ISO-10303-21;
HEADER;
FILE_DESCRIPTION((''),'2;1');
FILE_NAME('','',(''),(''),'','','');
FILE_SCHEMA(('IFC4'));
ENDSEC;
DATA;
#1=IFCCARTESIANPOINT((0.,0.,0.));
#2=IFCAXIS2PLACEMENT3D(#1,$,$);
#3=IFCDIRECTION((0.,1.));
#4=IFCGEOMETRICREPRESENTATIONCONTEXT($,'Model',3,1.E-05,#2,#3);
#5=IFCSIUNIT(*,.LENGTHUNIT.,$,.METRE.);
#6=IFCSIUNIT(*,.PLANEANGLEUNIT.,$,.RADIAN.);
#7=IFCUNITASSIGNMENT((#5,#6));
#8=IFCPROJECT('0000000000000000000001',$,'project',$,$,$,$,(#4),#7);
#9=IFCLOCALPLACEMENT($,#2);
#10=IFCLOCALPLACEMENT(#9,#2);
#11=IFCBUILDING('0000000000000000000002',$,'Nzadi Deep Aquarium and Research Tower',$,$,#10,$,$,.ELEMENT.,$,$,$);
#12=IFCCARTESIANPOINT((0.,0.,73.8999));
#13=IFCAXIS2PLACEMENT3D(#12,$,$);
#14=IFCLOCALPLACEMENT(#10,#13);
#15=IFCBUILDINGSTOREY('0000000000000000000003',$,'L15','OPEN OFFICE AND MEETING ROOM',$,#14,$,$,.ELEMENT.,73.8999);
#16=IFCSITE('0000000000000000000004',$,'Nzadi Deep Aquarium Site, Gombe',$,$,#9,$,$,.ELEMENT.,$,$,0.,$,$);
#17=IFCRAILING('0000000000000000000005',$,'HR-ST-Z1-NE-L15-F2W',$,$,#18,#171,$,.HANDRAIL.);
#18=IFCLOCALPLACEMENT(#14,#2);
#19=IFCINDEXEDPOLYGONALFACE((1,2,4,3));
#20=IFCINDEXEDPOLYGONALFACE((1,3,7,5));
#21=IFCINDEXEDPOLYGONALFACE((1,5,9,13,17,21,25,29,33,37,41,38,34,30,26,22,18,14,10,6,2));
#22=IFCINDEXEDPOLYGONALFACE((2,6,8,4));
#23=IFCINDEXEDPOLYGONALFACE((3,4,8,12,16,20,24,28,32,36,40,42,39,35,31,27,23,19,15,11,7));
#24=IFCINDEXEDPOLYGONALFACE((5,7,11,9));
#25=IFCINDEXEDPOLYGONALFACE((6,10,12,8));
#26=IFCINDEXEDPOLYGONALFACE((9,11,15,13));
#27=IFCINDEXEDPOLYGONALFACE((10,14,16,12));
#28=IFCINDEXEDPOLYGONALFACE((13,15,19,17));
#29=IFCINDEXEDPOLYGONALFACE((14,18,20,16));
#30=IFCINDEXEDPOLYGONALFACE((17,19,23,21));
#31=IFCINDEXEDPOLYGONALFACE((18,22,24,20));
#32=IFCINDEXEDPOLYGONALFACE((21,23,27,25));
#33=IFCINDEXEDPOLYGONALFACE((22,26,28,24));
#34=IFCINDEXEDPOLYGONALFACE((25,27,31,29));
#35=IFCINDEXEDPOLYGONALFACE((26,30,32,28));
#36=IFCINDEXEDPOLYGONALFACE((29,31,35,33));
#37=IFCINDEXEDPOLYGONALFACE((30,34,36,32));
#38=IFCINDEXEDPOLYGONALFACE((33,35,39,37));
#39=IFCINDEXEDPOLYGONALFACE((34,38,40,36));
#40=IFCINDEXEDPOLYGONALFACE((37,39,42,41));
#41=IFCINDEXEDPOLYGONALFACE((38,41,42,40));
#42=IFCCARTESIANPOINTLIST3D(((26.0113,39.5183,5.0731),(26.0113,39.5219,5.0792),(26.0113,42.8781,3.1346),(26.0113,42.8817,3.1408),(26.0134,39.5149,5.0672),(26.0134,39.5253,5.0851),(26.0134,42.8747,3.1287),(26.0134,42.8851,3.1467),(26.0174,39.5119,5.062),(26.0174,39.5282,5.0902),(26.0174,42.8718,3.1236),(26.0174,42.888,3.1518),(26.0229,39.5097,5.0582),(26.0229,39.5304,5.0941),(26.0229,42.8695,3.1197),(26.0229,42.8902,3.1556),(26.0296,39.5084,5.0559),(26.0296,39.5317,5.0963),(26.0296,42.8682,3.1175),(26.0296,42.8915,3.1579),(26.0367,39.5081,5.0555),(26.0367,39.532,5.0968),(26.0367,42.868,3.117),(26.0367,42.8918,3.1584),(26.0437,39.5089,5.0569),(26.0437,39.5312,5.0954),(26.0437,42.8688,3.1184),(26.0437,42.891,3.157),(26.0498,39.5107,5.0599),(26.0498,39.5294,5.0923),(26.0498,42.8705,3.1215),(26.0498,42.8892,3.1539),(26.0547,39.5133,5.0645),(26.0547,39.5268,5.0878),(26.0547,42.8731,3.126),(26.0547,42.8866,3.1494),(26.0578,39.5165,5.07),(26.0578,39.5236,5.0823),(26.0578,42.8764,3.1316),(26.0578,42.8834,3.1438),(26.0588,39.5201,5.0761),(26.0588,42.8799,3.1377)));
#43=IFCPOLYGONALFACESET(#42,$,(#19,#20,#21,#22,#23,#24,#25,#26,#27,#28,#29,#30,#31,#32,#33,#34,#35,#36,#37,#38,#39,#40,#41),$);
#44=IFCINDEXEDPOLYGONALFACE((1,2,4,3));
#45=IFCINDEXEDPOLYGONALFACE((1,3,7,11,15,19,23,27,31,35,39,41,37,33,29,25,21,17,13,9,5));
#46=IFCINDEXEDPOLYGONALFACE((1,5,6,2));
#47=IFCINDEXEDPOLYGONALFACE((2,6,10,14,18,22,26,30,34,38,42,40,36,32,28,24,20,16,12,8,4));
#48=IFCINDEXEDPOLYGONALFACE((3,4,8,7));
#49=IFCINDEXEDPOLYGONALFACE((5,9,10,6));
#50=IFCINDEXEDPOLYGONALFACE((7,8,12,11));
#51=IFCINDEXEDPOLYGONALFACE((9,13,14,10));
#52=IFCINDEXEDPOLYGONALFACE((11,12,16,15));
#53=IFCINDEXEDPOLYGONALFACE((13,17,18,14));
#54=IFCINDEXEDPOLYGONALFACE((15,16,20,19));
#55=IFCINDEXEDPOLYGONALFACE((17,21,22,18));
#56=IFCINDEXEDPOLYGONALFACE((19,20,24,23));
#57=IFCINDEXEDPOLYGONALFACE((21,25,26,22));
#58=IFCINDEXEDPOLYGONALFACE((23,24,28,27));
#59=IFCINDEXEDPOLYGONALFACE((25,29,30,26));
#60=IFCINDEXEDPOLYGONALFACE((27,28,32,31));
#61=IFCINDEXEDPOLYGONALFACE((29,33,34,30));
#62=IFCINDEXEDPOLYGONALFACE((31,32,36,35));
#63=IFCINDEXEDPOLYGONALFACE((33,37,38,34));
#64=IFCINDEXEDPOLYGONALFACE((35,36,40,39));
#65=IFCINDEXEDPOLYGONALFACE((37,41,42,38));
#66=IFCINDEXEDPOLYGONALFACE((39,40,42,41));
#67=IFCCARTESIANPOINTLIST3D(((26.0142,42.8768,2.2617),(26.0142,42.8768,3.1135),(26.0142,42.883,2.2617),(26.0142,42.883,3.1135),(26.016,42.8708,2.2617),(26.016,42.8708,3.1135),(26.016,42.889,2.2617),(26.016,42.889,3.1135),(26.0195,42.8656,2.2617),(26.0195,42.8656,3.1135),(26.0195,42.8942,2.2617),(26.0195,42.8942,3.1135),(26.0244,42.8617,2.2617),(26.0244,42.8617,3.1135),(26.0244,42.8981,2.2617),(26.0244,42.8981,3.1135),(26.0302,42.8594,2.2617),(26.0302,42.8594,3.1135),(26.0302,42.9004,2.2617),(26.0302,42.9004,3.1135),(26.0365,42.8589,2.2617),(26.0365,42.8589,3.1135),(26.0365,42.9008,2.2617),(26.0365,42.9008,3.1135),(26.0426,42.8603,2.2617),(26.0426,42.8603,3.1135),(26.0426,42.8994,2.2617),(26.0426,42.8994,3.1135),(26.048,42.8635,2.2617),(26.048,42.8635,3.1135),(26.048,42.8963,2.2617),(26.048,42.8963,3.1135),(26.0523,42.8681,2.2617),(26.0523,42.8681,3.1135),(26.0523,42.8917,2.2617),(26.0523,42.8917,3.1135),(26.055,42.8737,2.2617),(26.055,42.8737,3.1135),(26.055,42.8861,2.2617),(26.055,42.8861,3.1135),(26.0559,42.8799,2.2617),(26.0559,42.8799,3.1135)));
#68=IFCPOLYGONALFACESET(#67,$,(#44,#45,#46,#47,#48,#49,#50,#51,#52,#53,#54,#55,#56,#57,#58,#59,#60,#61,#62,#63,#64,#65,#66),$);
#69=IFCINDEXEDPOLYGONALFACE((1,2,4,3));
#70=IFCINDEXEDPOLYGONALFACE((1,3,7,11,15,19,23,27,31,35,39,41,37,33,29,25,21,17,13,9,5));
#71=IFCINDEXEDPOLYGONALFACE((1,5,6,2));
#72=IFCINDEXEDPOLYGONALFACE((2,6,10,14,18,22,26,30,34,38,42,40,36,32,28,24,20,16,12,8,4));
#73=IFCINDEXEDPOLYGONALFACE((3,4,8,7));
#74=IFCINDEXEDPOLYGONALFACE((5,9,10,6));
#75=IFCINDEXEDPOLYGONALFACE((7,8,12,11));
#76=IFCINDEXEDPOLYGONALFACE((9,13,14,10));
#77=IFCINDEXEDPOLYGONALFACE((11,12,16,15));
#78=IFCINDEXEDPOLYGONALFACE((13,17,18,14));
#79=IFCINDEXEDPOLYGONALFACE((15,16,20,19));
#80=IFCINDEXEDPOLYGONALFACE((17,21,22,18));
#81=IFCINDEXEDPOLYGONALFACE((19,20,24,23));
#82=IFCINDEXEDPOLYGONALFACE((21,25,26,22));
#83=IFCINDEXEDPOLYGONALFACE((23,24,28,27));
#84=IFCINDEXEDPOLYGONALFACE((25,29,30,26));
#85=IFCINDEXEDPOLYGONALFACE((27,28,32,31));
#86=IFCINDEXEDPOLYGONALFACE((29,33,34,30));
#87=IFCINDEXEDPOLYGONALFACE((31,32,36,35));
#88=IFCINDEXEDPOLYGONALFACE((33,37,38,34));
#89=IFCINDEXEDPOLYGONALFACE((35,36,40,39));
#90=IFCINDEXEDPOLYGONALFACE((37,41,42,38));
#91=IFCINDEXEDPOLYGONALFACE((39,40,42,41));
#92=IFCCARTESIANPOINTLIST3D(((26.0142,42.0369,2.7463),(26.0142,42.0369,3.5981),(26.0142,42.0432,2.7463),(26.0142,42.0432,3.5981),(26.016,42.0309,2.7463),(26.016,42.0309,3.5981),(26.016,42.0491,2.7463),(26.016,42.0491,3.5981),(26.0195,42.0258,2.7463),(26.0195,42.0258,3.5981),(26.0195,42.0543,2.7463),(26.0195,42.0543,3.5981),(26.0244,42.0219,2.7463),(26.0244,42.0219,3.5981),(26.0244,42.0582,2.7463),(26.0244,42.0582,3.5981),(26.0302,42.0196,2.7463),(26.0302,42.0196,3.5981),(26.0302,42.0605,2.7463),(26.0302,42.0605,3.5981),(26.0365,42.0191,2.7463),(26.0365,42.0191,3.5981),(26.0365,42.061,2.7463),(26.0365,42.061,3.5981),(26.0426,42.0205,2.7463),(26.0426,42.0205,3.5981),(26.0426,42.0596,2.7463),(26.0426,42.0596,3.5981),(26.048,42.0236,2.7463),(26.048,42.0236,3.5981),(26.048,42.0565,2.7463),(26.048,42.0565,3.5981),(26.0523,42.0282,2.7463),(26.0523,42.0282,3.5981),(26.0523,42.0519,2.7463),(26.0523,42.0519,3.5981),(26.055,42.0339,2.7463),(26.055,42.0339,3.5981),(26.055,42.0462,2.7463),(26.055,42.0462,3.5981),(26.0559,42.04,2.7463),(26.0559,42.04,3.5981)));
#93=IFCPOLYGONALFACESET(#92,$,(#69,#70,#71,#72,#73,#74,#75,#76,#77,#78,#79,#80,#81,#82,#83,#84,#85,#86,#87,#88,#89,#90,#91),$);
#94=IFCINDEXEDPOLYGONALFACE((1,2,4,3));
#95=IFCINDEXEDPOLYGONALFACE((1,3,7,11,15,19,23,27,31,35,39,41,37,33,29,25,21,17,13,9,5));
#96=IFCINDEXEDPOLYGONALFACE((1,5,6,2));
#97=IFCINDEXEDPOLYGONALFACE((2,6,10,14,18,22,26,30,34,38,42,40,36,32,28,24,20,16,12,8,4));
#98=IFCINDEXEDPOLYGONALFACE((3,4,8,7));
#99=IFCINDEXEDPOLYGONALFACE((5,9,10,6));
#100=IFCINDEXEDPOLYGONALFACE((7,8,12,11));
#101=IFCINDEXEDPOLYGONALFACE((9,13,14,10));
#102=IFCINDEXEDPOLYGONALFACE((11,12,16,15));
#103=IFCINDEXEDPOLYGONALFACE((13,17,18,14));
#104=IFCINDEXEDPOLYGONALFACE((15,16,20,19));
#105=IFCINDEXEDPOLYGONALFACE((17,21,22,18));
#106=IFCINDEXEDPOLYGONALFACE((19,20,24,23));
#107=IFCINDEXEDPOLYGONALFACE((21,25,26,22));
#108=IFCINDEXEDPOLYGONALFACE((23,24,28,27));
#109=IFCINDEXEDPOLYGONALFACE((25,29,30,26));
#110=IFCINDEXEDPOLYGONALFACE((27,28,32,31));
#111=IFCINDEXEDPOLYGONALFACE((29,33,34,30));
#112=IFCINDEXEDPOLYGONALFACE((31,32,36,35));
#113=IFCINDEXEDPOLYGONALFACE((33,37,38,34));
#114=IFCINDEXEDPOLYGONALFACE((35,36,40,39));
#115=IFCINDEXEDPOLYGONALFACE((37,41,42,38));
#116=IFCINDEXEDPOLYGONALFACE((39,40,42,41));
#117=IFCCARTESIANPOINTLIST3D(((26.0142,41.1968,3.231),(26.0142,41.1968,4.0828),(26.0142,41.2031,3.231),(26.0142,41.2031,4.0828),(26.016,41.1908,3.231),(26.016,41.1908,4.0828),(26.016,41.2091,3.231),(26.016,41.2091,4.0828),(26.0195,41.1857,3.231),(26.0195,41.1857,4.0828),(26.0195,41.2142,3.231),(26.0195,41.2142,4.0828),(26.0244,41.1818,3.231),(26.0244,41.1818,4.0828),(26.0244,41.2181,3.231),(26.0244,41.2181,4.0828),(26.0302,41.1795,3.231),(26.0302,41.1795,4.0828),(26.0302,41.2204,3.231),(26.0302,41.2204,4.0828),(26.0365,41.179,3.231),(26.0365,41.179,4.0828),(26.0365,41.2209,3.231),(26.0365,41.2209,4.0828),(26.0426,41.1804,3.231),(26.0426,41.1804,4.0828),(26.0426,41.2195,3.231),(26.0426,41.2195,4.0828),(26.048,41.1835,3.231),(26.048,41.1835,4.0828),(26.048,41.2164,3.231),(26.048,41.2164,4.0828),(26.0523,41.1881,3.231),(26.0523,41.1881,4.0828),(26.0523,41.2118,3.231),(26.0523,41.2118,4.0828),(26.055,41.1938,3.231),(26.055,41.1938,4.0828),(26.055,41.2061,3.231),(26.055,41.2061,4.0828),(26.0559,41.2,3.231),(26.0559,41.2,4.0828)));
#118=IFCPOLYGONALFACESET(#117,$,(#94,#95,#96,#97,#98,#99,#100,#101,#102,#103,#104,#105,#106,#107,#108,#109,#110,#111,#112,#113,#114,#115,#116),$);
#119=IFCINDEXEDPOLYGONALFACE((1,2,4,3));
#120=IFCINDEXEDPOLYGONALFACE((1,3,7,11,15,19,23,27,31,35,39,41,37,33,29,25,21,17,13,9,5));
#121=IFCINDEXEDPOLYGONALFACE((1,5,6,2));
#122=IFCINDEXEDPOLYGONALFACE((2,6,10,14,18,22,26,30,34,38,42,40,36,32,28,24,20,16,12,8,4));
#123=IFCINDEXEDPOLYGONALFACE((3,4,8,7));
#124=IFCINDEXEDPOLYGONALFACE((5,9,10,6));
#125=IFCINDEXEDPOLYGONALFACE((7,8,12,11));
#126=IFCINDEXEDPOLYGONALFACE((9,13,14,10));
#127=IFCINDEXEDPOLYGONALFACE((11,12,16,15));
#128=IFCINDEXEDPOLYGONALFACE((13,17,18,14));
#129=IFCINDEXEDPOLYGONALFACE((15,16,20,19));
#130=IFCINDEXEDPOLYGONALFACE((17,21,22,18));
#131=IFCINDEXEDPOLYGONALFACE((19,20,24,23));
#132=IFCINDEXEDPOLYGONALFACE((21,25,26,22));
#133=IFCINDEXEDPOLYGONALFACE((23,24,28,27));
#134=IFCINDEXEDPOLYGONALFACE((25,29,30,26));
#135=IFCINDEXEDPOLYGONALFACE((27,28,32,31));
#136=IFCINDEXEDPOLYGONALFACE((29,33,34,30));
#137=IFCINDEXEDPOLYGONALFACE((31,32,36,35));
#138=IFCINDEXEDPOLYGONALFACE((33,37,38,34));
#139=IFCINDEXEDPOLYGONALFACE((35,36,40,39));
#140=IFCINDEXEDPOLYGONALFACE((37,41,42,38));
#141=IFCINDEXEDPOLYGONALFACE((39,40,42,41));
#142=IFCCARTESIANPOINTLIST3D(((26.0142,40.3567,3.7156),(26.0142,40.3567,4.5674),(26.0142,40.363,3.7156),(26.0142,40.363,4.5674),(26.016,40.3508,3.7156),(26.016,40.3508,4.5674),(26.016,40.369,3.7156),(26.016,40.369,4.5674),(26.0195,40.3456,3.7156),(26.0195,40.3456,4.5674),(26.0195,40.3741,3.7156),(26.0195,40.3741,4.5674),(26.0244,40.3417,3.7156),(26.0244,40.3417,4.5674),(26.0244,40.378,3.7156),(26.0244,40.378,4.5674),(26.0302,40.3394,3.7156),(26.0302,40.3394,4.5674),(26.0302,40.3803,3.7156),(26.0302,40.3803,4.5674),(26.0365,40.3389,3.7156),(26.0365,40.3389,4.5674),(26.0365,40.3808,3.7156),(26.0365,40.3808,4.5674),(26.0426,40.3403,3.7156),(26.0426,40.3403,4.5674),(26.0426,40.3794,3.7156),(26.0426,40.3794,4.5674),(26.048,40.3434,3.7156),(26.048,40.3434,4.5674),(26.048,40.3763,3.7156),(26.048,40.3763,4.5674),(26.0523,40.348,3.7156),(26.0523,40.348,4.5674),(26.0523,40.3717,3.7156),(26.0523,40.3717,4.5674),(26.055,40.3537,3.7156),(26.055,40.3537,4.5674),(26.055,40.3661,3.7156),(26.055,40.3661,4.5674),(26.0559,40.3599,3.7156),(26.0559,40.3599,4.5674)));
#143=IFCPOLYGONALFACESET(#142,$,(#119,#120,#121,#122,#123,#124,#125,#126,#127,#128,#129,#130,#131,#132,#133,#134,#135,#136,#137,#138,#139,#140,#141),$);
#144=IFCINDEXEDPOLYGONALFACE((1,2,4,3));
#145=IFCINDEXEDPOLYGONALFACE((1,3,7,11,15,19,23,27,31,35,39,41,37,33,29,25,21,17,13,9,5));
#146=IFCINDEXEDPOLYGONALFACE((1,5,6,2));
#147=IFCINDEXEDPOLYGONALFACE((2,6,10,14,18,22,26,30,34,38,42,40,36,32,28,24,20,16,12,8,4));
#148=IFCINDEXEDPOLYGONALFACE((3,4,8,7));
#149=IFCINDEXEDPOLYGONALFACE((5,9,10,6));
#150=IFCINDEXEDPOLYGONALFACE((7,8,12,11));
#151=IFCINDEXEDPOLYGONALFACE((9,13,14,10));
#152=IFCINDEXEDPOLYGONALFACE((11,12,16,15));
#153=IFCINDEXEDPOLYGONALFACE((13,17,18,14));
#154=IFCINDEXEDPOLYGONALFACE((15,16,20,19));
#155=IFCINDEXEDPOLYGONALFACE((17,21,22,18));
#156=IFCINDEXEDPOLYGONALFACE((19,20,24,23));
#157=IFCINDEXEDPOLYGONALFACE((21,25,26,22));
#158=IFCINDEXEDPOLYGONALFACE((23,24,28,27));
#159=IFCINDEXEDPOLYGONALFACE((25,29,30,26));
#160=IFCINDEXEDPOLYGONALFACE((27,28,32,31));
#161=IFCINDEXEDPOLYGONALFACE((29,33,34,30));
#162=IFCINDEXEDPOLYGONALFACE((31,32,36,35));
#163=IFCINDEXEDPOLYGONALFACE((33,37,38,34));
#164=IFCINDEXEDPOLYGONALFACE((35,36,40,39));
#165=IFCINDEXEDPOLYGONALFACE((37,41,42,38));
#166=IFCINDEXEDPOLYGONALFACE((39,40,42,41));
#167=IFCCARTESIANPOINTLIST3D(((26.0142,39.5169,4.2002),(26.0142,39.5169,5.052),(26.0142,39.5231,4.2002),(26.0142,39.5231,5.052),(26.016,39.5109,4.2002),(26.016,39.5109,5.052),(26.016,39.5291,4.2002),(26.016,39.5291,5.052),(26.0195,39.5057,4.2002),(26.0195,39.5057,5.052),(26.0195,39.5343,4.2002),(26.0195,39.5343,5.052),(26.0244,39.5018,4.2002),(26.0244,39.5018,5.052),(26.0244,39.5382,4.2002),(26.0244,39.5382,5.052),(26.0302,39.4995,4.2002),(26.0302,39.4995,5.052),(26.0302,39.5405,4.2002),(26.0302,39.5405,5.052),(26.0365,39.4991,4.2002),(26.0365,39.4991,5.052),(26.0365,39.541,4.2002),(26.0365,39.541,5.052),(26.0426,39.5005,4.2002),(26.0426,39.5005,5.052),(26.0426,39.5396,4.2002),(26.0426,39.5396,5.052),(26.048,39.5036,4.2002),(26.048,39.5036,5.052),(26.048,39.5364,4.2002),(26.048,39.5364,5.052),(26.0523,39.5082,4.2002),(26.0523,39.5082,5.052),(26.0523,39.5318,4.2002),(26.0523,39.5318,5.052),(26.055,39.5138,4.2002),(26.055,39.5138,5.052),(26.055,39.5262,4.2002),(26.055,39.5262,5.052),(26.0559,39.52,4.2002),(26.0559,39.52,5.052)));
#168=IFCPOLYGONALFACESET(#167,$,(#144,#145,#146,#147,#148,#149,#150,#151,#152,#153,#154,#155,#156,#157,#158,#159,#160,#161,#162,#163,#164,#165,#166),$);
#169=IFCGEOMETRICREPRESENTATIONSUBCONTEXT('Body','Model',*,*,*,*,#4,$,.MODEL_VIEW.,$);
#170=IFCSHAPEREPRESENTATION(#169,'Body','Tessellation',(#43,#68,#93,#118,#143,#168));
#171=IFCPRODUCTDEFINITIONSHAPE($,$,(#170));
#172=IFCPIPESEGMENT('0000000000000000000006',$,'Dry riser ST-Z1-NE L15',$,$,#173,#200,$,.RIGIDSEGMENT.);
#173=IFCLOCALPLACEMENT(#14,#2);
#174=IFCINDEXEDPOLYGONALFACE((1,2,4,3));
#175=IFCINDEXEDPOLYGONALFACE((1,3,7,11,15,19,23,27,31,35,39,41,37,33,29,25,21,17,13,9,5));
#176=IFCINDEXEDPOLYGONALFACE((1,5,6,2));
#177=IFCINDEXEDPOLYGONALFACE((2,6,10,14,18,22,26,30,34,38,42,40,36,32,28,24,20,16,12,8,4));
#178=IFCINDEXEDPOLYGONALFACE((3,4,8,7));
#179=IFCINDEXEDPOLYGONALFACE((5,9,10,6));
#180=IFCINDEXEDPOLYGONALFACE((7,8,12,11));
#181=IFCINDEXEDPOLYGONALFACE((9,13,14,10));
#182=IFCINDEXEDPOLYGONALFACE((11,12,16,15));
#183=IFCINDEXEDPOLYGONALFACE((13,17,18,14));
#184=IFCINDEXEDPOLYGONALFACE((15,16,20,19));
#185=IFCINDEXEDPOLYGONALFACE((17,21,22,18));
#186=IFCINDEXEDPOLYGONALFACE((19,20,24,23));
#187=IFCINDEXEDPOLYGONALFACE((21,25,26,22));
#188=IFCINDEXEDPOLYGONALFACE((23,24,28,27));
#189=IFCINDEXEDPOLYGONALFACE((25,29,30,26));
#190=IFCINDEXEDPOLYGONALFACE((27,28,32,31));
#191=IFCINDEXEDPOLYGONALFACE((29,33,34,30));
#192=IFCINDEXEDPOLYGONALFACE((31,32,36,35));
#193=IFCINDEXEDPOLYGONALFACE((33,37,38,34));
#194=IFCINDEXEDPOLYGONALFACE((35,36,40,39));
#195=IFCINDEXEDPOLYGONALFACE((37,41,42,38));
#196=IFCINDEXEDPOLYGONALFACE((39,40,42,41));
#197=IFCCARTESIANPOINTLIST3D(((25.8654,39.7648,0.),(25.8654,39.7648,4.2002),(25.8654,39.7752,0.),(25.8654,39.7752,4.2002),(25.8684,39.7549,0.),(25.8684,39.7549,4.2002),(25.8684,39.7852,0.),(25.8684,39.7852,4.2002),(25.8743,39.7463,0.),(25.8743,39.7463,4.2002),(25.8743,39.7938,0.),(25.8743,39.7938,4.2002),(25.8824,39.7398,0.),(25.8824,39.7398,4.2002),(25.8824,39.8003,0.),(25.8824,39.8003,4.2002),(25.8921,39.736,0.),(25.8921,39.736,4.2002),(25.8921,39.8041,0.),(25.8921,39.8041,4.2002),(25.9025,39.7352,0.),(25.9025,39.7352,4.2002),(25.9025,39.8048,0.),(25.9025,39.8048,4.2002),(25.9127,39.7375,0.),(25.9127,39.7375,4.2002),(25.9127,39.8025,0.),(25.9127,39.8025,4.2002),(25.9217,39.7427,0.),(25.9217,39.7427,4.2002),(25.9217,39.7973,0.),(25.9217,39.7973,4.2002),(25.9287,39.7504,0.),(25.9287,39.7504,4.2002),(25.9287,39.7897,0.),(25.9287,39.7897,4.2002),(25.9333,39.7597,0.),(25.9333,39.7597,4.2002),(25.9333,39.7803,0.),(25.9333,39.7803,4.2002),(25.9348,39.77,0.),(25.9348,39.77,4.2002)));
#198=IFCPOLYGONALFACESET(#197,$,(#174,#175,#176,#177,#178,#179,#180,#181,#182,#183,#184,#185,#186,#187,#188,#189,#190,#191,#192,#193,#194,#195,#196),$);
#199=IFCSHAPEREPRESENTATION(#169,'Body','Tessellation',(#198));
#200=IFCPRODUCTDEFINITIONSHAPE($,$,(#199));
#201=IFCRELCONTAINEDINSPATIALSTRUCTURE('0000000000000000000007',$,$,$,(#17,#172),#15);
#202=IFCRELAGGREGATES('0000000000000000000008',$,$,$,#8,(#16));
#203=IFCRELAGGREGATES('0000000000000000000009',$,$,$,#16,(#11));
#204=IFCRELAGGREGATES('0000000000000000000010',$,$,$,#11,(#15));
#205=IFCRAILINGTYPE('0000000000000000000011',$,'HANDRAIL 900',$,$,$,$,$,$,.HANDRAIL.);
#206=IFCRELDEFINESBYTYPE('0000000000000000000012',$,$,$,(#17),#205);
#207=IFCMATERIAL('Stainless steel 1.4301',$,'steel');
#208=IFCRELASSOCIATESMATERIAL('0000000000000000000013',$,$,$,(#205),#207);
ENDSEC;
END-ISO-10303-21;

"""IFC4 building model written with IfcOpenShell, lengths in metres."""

from ifc_helpers import new_model, si_unit, direction, frame, origin, origin_2d, place, context, subcontext, project, spatial, circle, extrude, material, type_object, element, save


model = new_model("IFC4")

# Units and contexts
model_context = context("Model", 3, precision=1e-05, world=origin(), true_north=direction((0.0, 1.0)))
body_context = subcontext(model_context, "Body", "Model", "MODEL_VIEW")
ifc_project = project(units=[si_unit("LENGTHUNIT", "METRE"), si_unit("PLANEANGLEUNIT", "RADIAN")], contexts=[model_context])

# Site, building, storey
site_placement = place(None, origin())
site = spatial("IfcSite", under=ifc_project, at=site_placement, Name="Nzadi Deep Aquarium Site, Gombe", CompositionType="ELEMENT", RefElevation=0.0)
building_placement = place(site_placement, origin())
building = spatial("IfcBuilding", under=site, at=building_placement, Name="Nzadi Deep Aquarium and Research Tower", CompositionType="ELEMENT")
storey_placement = place(building_placement, frame((0.0, 0.0, 73.8999)))
storey = spatial("IfcBuildingStorey", under=building, at=storey_placement, Name="L15", Description="OPEN OFFICE AND MEETING ROOM", CompositionType="ELEMENT", Elevation=73.8999)

# Railing
ifc_material_1 = material(Name="Stainless steel 1.4301", Category="steel")
railing_type = type_object("IfcRailingType", Name="HANDRAIL 900", PredefinedType="HANDRAIL", material=ifc_material_1)
for number, where, name in (
    (1, (26.0349, 42.8799, 2.2617), "HR-ST-Z1-NE-L15-F2W"),
):
    element("IfcRailing", number, at=place(storey_placement, frame(where)), inside=storey, type_object=railing_type, Name=name, PredefinedType="HANDRAIL", context=body_context, shape_type="SweptSolid", body=[
        extrude(circle(Radius=0.0239, at=origin_2d()), frame((0.0, 0.0, 0.876), z_axis=(0.0, -0.866175, 0.499741), x_axis=(1.0, 0.0, 0.0)), (0.0, 0.0, 1.0), 3.8789),
        extrude(circle(Radius=0.021, at=origin_2d()), origin(), (0.0, 0.0, 1.0), 0.8518),
        extrude(circle(Radius=0.021, at=origin_2d()), frame((0.0, -0.8398, 0.4846)), (0.0, 0.0, 1.0), 0.8518),
        extrude(circle(Radius=0.021, at=origin_2d()), frame((0.0, -1.6799, 0.9692)), (0.0, 0.0, 1.0), 0.8518),
        extrude(circle(Radius=0.021, at=origin_2d()), frame((0.0, -2.52, 1.4539)), (0.0, 0.0, 1.0), 0.8518),
        extrude(circle(Radius=0.021, at=origin_2d()), frame((0.0, -3.3599, 1.9385)), (0.0, 0.0, 1.0), 0.8518),
    ])

# Pipe segment
pipe_segment_placement = place(storey_placement, frame((25.8999, 39.77, 0.0), z_axis=(0.0, 0.0, 1.0), x_axis=(1.0, 0.0, 0.0)))
element("IfcPipeSegment", 2, at=pipe_segment_placement, inside=storey, Name="Dry riser ST-Z1-NE L15", PredefinedType="RIGIDSEGMENT", context=body_context, shape_type="SweptSolid", body=[
    extrude(circle(Radius=0.0349, at=origin_2d()), origin(), (0.0, 0.0, 1.0), 4.2002),
])

save(model, "model.ifc")
